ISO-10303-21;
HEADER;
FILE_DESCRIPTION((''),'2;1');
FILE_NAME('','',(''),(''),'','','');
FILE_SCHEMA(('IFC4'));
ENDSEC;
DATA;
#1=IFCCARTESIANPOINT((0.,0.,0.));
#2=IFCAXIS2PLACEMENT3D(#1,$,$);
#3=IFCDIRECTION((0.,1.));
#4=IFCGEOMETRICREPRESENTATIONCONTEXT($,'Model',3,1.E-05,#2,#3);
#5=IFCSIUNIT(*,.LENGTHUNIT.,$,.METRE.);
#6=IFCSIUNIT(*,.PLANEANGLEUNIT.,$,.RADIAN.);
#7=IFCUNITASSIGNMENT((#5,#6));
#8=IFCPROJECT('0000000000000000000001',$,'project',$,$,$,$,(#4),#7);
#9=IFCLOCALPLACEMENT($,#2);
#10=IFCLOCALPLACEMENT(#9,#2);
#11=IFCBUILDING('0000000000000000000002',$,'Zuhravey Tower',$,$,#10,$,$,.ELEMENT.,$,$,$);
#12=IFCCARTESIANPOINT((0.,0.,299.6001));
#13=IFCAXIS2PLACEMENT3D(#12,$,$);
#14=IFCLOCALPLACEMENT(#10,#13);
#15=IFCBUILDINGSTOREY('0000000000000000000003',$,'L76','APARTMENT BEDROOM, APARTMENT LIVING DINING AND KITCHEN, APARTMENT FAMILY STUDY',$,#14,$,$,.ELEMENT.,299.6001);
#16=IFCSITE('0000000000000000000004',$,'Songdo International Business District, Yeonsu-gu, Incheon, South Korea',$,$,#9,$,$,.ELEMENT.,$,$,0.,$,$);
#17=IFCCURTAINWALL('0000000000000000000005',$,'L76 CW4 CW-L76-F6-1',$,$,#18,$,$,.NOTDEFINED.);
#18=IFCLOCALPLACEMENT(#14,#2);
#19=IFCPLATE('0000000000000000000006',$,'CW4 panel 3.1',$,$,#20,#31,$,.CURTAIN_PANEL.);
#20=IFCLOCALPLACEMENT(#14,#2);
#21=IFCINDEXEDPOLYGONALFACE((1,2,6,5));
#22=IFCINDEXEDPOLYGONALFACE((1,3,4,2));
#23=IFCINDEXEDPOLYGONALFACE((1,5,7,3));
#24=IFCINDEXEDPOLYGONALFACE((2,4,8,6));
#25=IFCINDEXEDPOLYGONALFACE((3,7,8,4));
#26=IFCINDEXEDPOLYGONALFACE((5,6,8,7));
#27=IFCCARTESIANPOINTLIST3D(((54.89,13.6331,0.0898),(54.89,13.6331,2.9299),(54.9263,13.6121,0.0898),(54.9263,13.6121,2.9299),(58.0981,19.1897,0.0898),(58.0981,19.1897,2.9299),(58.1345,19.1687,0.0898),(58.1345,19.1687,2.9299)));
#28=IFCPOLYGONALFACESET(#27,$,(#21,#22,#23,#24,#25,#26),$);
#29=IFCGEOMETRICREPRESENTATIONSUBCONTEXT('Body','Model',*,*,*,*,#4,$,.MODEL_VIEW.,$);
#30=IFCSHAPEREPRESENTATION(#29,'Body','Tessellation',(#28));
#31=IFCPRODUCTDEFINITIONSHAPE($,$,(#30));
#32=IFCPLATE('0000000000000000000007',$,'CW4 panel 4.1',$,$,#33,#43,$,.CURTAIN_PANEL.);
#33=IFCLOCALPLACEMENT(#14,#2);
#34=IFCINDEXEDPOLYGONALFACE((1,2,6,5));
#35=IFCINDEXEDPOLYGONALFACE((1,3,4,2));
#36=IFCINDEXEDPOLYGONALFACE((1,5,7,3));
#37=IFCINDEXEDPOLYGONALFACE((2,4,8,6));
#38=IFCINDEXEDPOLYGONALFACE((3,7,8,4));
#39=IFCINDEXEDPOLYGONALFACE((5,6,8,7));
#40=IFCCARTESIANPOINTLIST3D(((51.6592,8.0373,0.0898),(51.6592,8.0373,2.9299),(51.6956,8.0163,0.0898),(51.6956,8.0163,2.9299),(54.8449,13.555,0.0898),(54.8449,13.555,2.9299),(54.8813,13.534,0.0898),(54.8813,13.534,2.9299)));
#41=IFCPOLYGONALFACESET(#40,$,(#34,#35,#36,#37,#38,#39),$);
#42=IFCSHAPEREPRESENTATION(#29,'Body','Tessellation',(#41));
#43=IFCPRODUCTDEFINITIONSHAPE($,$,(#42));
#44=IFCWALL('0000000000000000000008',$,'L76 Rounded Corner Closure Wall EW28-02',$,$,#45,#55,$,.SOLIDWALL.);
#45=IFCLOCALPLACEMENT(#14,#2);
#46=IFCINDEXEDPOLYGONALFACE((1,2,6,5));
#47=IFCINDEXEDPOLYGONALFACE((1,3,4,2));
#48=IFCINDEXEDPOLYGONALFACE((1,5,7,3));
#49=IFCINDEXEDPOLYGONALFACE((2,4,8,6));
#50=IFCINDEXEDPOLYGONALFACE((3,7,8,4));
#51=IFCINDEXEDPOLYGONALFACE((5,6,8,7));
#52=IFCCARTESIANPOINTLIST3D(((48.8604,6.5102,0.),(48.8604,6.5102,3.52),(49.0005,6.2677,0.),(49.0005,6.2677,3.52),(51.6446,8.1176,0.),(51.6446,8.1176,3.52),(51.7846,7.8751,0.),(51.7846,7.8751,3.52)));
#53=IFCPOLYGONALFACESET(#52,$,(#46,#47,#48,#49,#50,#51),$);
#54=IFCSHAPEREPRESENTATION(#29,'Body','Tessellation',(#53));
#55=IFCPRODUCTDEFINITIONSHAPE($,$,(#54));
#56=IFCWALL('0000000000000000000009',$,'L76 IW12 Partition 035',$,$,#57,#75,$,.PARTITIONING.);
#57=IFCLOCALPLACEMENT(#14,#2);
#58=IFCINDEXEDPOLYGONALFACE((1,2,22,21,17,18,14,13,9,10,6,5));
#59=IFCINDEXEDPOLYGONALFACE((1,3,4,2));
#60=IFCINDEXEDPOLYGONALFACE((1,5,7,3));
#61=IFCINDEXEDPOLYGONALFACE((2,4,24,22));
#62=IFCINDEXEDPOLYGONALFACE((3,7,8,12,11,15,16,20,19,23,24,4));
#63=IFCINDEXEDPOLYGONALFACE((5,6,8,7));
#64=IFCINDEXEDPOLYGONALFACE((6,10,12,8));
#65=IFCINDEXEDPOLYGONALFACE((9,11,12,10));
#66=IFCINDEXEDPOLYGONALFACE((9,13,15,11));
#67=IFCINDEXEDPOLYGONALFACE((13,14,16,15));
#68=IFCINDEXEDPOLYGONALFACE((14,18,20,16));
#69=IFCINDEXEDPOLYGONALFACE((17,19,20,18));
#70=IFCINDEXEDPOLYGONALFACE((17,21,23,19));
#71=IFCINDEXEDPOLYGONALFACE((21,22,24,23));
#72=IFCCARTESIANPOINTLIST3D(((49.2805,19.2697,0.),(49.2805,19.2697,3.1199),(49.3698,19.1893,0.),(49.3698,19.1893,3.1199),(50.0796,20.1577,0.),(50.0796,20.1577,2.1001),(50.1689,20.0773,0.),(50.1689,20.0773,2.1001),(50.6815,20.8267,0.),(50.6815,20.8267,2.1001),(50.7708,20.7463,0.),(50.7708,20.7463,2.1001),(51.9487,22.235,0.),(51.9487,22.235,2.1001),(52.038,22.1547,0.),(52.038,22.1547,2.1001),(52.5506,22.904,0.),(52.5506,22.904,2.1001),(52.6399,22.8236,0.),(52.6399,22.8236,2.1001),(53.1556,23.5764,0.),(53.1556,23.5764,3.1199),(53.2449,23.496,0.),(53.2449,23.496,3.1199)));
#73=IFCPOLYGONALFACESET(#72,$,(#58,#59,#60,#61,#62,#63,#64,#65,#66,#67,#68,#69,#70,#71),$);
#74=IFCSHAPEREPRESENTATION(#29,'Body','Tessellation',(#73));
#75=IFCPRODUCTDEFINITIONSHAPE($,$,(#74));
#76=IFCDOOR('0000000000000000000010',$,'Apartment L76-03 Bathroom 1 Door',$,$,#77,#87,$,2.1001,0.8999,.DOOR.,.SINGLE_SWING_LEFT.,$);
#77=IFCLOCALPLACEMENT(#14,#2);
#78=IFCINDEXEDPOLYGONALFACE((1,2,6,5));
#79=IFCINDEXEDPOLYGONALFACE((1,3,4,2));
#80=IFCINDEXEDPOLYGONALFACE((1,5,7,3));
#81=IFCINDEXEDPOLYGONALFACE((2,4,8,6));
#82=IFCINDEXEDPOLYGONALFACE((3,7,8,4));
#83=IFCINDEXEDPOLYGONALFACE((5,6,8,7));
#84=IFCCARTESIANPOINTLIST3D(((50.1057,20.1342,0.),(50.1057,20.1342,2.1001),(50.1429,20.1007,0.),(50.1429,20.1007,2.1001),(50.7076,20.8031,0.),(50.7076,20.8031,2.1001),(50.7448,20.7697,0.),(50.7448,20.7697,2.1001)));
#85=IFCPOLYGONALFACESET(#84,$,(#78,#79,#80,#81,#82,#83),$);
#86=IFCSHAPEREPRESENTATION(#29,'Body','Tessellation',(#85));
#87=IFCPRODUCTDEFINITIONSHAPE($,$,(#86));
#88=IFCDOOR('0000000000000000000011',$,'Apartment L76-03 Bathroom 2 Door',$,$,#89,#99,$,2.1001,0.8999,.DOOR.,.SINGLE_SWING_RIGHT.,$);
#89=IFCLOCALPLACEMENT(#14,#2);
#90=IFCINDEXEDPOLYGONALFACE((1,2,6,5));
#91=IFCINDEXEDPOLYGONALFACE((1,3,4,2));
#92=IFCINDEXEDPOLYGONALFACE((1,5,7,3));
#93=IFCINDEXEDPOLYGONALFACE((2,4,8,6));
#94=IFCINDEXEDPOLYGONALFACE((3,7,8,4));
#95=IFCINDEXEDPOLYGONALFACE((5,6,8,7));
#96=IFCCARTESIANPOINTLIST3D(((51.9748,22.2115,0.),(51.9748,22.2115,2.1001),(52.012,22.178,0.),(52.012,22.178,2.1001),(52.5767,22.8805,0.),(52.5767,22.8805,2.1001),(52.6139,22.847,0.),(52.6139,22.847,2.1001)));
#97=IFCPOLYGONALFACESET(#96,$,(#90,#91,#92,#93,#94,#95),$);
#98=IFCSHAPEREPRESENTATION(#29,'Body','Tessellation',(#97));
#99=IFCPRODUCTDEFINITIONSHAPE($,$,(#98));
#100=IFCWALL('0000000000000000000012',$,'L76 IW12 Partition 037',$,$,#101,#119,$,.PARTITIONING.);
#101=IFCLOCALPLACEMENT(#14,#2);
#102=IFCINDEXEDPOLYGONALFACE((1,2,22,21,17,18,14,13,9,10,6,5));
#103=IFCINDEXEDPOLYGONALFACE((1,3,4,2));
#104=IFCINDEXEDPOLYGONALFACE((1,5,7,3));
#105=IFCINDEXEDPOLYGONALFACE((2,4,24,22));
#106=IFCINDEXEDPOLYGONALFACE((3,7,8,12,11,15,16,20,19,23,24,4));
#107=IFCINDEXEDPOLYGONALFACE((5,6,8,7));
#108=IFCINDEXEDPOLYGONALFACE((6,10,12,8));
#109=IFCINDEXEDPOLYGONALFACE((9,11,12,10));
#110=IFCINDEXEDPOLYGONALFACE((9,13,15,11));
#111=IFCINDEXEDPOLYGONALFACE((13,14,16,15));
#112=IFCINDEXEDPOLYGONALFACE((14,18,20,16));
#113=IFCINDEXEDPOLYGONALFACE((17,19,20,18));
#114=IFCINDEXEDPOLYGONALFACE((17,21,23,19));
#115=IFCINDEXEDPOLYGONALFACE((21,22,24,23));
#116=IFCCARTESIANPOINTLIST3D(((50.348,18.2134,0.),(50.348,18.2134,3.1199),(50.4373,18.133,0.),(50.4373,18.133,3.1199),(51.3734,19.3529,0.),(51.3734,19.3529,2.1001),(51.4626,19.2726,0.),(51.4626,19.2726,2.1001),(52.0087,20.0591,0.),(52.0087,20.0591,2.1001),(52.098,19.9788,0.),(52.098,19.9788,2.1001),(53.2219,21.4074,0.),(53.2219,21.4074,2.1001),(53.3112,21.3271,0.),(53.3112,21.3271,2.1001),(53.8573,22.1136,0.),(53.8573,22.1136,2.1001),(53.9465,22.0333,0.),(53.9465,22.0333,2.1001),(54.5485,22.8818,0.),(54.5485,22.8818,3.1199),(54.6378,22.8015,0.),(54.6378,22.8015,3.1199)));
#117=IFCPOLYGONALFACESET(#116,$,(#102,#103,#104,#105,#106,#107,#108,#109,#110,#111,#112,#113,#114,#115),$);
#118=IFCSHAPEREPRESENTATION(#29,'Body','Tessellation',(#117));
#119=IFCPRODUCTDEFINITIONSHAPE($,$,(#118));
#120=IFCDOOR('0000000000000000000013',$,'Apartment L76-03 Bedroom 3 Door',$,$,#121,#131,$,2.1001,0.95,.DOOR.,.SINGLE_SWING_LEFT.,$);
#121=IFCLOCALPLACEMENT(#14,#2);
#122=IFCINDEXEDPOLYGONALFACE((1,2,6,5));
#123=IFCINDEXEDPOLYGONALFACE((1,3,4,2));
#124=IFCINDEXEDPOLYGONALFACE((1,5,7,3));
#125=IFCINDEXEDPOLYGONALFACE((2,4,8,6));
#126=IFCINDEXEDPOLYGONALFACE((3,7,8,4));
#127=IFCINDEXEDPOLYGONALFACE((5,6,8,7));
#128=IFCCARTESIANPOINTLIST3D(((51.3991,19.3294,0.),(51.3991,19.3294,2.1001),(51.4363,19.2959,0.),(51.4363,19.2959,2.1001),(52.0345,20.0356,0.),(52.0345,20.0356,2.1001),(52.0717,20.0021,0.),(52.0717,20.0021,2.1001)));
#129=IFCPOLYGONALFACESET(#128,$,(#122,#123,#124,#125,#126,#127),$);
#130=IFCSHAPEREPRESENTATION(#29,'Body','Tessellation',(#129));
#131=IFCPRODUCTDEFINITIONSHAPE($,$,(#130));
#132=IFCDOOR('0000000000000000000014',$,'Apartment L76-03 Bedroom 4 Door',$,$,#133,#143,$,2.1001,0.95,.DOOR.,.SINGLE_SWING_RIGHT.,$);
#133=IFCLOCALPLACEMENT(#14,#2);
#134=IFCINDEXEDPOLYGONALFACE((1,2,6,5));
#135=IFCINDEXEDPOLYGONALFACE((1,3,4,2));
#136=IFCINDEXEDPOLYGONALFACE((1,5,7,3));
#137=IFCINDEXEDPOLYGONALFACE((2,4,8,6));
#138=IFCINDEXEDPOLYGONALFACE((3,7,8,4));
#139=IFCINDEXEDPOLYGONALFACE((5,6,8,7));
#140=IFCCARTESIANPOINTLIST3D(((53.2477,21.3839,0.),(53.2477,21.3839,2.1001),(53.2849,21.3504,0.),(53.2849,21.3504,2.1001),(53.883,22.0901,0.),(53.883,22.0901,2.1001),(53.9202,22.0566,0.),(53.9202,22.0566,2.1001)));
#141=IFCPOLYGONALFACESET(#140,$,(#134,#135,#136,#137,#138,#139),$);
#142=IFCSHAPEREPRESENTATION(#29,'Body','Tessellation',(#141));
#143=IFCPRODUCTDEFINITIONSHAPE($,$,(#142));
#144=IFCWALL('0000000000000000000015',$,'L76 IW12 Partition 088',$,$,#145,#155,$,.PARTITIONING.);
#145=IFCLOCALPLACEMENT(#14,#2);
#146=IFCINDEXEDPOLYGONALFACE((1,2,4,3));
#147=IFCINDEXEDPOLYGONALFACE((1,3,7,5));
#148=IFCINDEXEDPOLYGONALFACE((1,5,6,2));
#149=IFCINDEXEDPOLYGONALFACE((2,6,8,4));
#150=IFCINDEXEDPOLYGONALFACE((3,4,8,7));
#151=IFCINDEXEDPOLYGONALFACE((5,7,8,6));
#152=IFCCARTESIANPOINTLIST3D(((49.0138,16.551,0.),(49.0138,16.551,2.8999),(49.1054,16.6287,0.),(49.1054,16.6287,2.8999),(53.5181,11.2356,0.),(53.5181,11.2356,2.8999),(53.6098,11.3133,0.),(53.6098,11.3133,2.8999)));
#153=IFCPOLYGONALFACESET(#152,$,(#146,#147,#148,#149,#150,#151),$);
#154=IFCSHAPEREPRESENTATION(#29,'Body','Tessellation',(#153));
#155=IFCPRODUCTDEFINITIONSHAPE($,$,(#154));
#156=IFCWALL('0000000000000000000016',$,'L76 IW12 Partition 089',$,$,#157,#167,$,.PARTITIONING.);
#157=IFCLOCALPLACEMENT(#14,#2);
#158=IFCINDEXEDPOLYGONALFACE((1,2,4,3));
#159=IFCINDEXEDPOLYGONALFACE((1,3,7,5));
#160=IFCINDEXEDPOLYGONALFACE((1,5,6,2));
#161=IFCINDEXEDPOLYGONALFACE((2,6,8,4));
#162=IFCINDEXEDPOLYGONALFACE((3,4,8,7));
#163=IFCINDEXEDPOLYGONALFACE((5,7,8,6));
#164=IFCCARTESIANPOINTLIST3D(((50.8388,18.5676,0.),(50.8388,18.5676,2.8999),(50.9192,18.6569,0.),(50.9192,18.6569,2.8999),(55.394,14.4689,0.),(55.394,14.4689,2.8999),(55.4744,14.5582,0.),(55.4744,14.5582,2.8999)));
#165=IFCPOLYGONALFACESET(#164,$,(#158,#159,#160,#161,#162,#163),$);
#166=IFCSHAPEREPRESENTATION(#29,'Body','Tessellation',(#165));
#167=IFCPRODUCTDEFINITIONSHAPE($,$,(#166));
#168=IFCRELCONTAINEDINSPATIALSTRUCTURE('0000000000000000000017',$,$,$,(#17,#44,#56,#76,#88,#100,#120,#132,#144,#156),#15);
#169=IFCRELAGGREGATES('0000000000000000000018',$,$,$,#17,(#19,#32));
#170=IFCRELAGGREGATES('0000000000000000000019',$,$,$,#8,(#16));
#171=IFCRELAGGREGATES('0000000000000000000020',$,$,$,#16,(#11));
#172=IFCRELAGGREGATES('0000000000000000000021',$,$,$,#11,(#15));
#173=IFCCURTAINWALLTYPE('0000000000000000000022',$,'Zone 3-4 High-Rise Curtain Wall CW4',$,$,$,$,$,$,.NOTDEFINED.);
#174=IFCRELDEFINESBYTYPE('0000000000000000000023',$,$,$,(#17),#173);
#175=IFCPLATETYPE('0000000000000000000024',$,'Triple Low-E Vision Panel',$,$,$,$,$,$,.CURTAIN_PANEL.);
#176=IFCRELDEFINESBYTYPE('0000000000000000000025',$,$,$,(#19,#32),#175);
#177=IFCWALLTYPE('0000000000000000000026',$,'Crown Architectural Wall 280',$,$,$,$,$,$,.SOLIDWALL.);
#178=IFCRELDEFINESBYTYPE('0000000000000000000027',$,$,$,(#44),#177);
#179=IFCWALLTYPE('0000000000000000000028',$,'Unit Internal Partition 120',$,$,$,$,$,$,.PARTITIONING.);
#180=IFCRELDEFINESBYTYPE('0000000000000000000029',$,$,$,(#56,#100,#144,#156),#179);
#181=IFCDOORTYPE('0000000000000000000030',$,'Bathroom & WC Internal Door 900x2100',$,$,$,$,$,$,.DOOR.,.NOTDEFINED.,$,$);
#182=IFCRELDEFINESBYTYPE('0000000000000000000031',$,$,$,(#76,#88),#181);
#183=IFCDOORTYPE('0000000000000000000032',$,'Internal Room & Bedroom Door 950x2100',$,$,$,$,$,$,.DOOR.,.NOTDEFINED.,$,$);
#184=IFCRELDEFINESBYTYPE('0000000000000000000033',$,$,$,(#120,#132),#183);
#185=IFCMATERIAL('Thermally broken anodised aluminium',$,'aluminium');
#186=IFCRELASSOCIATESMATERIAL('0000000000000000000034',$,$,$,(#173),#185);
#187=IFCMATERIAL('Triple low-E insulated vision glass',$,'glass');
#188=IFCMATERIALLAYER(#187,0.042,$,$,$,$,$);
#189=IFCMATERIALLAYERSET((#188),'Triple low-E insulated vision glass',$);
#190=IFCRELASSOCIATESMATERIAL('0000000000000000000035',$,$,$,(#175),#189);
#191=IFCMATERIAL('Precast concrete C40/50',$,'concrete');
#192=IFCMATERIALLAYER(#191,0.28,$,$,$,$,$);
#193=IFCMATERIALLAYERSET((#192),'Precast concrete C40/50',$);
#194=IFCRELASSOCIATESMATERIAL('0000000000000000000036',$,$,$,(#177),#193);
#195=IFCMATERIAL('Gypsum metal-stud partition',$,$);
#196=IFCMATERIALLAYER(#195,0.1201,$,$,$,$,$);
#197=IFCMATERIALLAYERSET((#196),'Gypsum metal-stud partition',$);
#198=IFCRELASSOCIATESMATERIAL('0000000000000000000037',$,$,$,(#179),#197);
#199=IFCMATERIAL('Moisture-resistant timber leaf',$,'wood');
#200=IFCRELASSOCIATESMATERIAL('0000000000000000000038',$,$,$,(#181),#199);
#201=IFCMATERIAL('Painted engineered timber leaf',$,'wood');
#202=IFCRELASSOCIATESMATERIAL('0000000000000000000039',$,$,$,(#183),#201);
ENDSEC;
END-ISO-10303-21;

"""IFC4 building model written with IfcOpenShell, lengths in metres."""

from ifc_helpers import new_model, si_unit, direction, frame, frame_2d, origin, origin_2d, place, context, subcontext, project, spatial, rectangle, extrude, material, layer, layer_set, type_object, element, fill, aggregate, save


model = new_model("IFC4")

# Units and contexts
model_context = context("Model", 3, precision=1e-05, world=origin(), true_north=direction((0.0, 1.0)))
body_context = subcontext(model_context, "Body", "Model", "MODEL_VIEW")
ifc_project = project(units=[si_unit("LENGTHUNIT", "METRE"), si_unit("PLANEANGLEUNIT", "RADIAN")], contexts=[model_context])

# Site, building, storey
site_placement = place(None, origin())
site = spatial("IfcSite", under=ifc_project, at=site_placement, Name="Songdo International Business District, Yeonsu-gu, Incheon, South Korea", CompositionType="ELEMENT", RefElevation=0.0)
building_placement = place(site_placement, origin())
building = spatial("IfcBuilding", under=site, at=building_placement, Name="Zuhravey Tower", CompositionType="ELEMENT")
storey_placement = place(building_placement, frame((0.0, 0.0, 299.6001)))
storey = spatial("IfcBuildingStorey", under=building, at=storey_placement, Name="L76", Description="APARTMENT BEDROOM, APARTMENT LIVING DINING AND KITCHEN, APARTMENT FAMILY STUDY", CompositionType="ELEMENT", Elevation=299.6001)

# Curtain wall
ifc_material_1 = material(Name="Thermally broken anodised aluminium", Category="aluminium")
curtain_wall_type = type_object("IfcCurtainWallType", Name="Zone 3-4 High-Rise Curtain Wall CW4", PredefinedType="NOTDEFINED", material=ifc_material_1)
curtain_wall_1_placement = place(storey_placement, origin())
curtain_wall_1 = element("IfcCurtainWall", 1, at=curtain_wall_1_placement, inside=storey, type_object=curtain_wall_type, Name="L76 CW4 CW-L76-F6-1", PredefinedType="NOTDEFINED")

# Plates
ifc_material_2 = material(Name="Triple low-E insulated vision glass", Category="glass")
ifc_layer_1 = layer(ifc_material_2, 0.042)
ifc_layer_set_1 = layer_set([ifc_layer_1], Name="Triple low-E insulated vision glass")
plate_type_1 = type_object("IfcPlateType", Name="Triple Low-E Vision Panel", PredefinedType="CURTAIN_PANEL", material=ifc_layer_set_1)
plate_1_placement = place(storey_placement, frame((56.5122, 16.4009, 0.0898), z_axis=(0.0, 0.0, 1.0), x_axis=(-0.500001, -0.866025, 0.0)))
plate_1 = element("IfcPlate", 2, at=plate_1_placement, type_object=plate_type_1, Name="CW4 panel 3.1", PredefinedType="CURTAIN_PANEL", context=body_context, shape_type="SweptSolid", body=[
    extrude(rectangle(XDim=6.4163, YDim=0.042, at=origin_2d()), origin(), (0.0, 0.0, 1.0), 2.8401),
])
plate_2_placement = place(storey_placement, frame((53.2703, 10.7856, 0.0898), z_axis=(0.0, 0.0, 1.0), x_axis=(-0.500001, -0.866025, 0.0)))
plate_2 = element("IfcPlate", 3, at=plate_2_placement, type_object=plate_type_1, Name="CW4 panel 4.1", PredefinedType="CURTAIN_PANEL", context=body_context, shape_type="SweptSolid", body=[
    extrude(rectangle(XDim=6.3713, YDim=0.042, at=origin_2d()), origin(), (0.0, 0.0, 1.0), 2.8401),
])
aggregate(curtain_wall_1, [plate_1, plate_2])

# Wall
ifc_material_3 = material(Name="Precast concrete C40/50", Category="concrete")
ifc_layer_2 = layer(ifc_material_3, 0.28)
ifc_layer_set_2 = layer_set([ifc_layer_2], Name="Precast concrete C40/50")
wall_type_1 = type_object("IfcWallType", Name="Crown Architectural Wall 280", PredefinedType="SOLIDWALL", material=ifc_layer_set_2)
wall_1_placement = place(storey_placement, frame((51.7146, 7.9963, 0.0), z_axis=(0.0, 0.0, 1.0), x_axis=(-0.866029, -0.499994, 0.0)))
element("IfcWall", 4, at=wall_1_placement, inside=storey, type_object=wall_type_1, Name="L76 Rounded Corner Closure Wall EW28-02", PredefinedType="SOLIDWALL", context=body_context, shape_type="SweptSolid", body=[
    extrude(rectangle(XDim=3.2148, YDim=0.28, at=frame_2d((1.6074, 0.0))), origin(), (0.0, 0.0, 1.0), 3.52),
])

# Walls, openings, doors
ifc_material_4 = material(Name="Gypsum metal-stud partition")
ifc_layer_3 = layer(ifc_material_4, 0.1201)
ifc_layer_set_3 = layer_set([ifc_layer_3], Name="Gypsum metal-stud partition")
wall_type_2 = type_object("IfcWallType", Name="Unit Internal Partition 120", PredefinedType="PARTITIONING", material=ifc_layer_set_3)
wall_2_placement = place(storey_placement, frame((49.3252, 19.2295, 0.0), z_axis=(0.0, 0.0, 1.0), x_axis=(0.668872, 0.743378, 0.0)))
wall_2 = element("IfcWall", 5, at=wall_2_placement, inside=storey, type_object=wall_type_2, Name="L76 IW12 Partition 035", PredefinedType="PARTITIONING", context=body_context, shape_type="SweptSolid", body=[
    extrude(rectangle(XDim=5.7935, YDim=0.1201, at=frame_2d((2.8967, 0.0))), origin(), (0.0, 0.0, 1.0), 3.1199),
])
opening_1_placement = place(wall_2_placement, frame((1.1946, 0.0, 0.0)))
opening_1 = element("IfcOpeningElement", 6, at=opening_1_placement, cuts=wall_2, PredefinedType="OPENING", context=body_context, shape_type="SweptSolid", body=[
    extrude(rectangle(XDim=0.8999, YDim=2.1001, at=frame_2d((0.45, 1.05))), frame((0.0, 0.072, 0.0), z_axis=(0.0, -1.0, 0.0), x_axis=(1.0, 0.0, 0.0)), (0.0, 0.0, 1.0), 0.144),
])
opening_2_placement = place(wall_2_placement, frame((3.989, 0.0, 0.0)))
opening_2 = element("IfcOpeningElement", 7, at=opening_2_placement, cuts=wall_2, PredefinedType="OPENING", context=body_context, shape_type="SweptSolid", body=[
    extrude(rectangle(XDim=0.8999, YDim=2.1001, at=frame_2d((0.45, 1.05))), frame((0.0, 0.072, 0.0), z_axis=(0.0, -1.0, 0.0), x_axis=(1.0, 0.0, 0.0)), (0.0, 0.0, 1.0), 0.144),
])
ifc_material_5 = material(Name="Moisture-resistant timber leaf", Category="wood")
door_type_1 = type_object("IfcDoorType", Name="Bathroom & WC Internal Door 900x2100", OperationType="NOTDEFINED", PredefinedType="DOOR", material=ifc_material_5)
door_1_placement = place(opening_1_placement, origin())
door_1 = element("IfcDoor", 8, at=door_1_placement, inside=storey, type_object=door_type_1, Name="Apartment L76-03 Bathroom 1 Door", OperationType="SINGLE_SWING_LEFT", OverallHeight=2.1001, OverallWidth=0.8999, PredefinedType="DOOR", context=body_context, shape_type="SweptSolid", body=[
    extrude(rectangle(XDim=0.8999, YDim=2.1001, at=frame_2d((0.45, 1.05))), frame((0.0, 0.0249, 0.0), z_axis=(0.0, -1.0, 0.0), x_axis=(1.0, 0.0, 0.0)), (0.0, 0.0, 1.0), 0.05),
])
fill(opening_1, door_1)
door_2_placement = place(opening_2_placement, origin())
door_2 = element("IfcDoor", 9, at=door_2_placement, inside=storey, type_object=door_type_1, Name="Apartment L76-03 Bathroom 2 Door", OperationType="SINGLE_SWING_RIGHT", OverallHeight=2.1001, OverallWidth=0.8999, PredefinedType="DOOR", context=body_context, shape_type="SweptSolid", body=[
    extrude(rectangle(XDim=0.8999, YDim=2.1001, at=frame_2d((0.45, 1.05))), frame((0.0, 0.0249, 0.0), z_axis=(0.0, -1.0, 0.0), x_axis=(1.0, 0.0, 0.0)), (0.0, 0.0, 1.0), 0.05),
])
fill(opening_2, door_2)
wall_3_placement = place(storey_placement, frame((50.3926, 18.1731, 0.0), z_axis=(0.0, 0.0, 1.0), x_axis=(0.668862, 0.743387, 0.0)))
wall_3 = element("IfcWall", 10, at=wall_3_placement, inside=storey, type_object=wall_type_2, Name="L76 IW12 Partition 037", PredefinedType="PARTITIONING", context=body_context, shape_type="SweptSolid", body=[
    extrude(rectangle(XDim=6.28, YDim=0.1201, at=frame_2d((3.1401, 0.0))), origin(), (0.0, 0.0, 1.0), 3.1199),
])
opening_3_placement = place(wall_3_placement, frame((1.533, 0.0, 0.0)))
opening_3 = element("IfcOpeningElement", 11, at=opening_3_placement, cuts=wall_3, PredefinedType="OPENING", context=body_context, shape_type="SweptSolid", body=[
    extrude(rectangle(XDim=0.95, YDim=2.1001, at=frame_2d((0.4751, 1.05))), frame((0.0, 0.072, 0.0), z_axis=(0.0, -1.0, 0.0), x_axis=(1.0, 0.0, 0.0)), (0.0, 0.0, 1.0), 0.144),
])
opening_4_placement = place(wall_3_placement, frame((4.2966, 0.0, 0.0)))
opening_4 = element("IfcOpeningElement", 12, at=opening_4_placement, cuts=wall_3, PredefinedType="OPENING", context=body_context, shape_type="SweptSolid", body=[
    extrude(rectangle(XDim=0.95, YDim=2.1001, at=frame_2d((0.4751, 1.05))), frame((0.0, 0.072, 0.0), z_axis=(0.0, -1.0, 0.0), x_axis=(1.0, 0.0, 0.0)), (0.0, 0.0, 1.0), 0.144),
])
ifc_material_6 = material(Name="Painted engineered timber leaf", Category="wood")
door_type_2 = type_object("IfcDoorType", Name="Internal Room & Bedroom Door 950x2100", OperationType="NOTDEFINED", PredefinedType="DOOR", material=ifc_material_6)
door_3_placement = place(opening_3_placement, frame((0.95, 0.0, 0.0), z_axis=(0.0, 0.0, 1.0), x_axis=(-1.0, 0.0, 0.0)))
door_3 = element("IfcDoor", 13, at=door_3_placement, inside=storey, type_object=door_type_2, Name="Apartment L76-03 Bedroom 3 Door", OperationType="SINGLE_SWING_LEFT", OverallHeight=2.1001, OverallWidth=0.95, PredefinedType="DOOR", context=body_context, shape_type="SweptSolid", body=[
    extrude(rectangle(XDim=0.95, YDim=2.1001, at=frame_2d((0.4751, 1.05))), frame((0.0, 0.0249, 0.0), z_axis=(0.0, -1.0, 0.0), x_axis=(1.0, 0.0, 0.0)), (0.0, 0.0, 1.0), 0.05),
])
fill(opening_3, door_3)
door_4_placement = place(opening_4_placement, frame((0.95, 0.0, 0.0), z_axis=(0.0, 0.0, 1.0), x_axis=(-1.0, 0.0, 0.0)))
door_4 = element("IfcDoor", 14, at=door_4_placement, inside=storey, type_object=door_type_2, Name="Apartment L76-03 Bedroom 4 Door", OperationType="SINGLE_SWING_RIGHT", OverallHeight=2.1001, OverallWidth=0.95, PredefinedType="DOOR", context=body_context, shape_type="SweptSolid", body=[
    extrude(rectangle(XDim=0.95, YDim=2.1001, at=frame_2d((0.4751, 1.05))), frame((0.0, 0.0249, 0.0), z_axis=(0.0, -1.0, 0.0), x_axis=(1.0, 0.0, 0.0)), (0.0, 0.0, 1.0), 0.05),
])
fill(opening_4, door_4)

# Walls
wall_4_placement = place(storey_placement, frame((49.0596, 16.5898, 0.0), z_axis=(0.0, 0.0, 1.0), x_axis=(0.646504, -0.76291, 0.0)))
element("IfcWall", 15, at=wall_4_placement, inside=storey, type_object=wall_type_2, Name="L76 IW12 Partition 088", PredefinedType="PARTITIONING", context=body_context, shape_type="SweptSolid", body=[
    extrude(rectangle(XDim=6.9673, YDim=0.1201, at=frame_2d((3.4836, 0.0))), origin(), (0.0, 0.0, 1.0), 2.8999),
])
wall_5_placement = place(storey_placement, frame((50.8789, 18.6123, 0.0), z_axis=(0.0, 0.0, 1.0), x_axis=(0.743377, -0.668872, 0.0)))
element("IfcWall", 16, at=wall_5_placement, inside=storey, type_object=wall_type_2, Name="L76 IW12 Partition 089", PredefinedType="PARTITIONING", context=body_context, shape_type="SweptSolid", body=[
    extrude(rectangle(XDim=6.1277, YDim=0.1201, at=frame_2d((3.064, 0.0))), origin(), (0.0, 0.0, 1.0), 2.8999),
])

save(model, "model.ifc")
